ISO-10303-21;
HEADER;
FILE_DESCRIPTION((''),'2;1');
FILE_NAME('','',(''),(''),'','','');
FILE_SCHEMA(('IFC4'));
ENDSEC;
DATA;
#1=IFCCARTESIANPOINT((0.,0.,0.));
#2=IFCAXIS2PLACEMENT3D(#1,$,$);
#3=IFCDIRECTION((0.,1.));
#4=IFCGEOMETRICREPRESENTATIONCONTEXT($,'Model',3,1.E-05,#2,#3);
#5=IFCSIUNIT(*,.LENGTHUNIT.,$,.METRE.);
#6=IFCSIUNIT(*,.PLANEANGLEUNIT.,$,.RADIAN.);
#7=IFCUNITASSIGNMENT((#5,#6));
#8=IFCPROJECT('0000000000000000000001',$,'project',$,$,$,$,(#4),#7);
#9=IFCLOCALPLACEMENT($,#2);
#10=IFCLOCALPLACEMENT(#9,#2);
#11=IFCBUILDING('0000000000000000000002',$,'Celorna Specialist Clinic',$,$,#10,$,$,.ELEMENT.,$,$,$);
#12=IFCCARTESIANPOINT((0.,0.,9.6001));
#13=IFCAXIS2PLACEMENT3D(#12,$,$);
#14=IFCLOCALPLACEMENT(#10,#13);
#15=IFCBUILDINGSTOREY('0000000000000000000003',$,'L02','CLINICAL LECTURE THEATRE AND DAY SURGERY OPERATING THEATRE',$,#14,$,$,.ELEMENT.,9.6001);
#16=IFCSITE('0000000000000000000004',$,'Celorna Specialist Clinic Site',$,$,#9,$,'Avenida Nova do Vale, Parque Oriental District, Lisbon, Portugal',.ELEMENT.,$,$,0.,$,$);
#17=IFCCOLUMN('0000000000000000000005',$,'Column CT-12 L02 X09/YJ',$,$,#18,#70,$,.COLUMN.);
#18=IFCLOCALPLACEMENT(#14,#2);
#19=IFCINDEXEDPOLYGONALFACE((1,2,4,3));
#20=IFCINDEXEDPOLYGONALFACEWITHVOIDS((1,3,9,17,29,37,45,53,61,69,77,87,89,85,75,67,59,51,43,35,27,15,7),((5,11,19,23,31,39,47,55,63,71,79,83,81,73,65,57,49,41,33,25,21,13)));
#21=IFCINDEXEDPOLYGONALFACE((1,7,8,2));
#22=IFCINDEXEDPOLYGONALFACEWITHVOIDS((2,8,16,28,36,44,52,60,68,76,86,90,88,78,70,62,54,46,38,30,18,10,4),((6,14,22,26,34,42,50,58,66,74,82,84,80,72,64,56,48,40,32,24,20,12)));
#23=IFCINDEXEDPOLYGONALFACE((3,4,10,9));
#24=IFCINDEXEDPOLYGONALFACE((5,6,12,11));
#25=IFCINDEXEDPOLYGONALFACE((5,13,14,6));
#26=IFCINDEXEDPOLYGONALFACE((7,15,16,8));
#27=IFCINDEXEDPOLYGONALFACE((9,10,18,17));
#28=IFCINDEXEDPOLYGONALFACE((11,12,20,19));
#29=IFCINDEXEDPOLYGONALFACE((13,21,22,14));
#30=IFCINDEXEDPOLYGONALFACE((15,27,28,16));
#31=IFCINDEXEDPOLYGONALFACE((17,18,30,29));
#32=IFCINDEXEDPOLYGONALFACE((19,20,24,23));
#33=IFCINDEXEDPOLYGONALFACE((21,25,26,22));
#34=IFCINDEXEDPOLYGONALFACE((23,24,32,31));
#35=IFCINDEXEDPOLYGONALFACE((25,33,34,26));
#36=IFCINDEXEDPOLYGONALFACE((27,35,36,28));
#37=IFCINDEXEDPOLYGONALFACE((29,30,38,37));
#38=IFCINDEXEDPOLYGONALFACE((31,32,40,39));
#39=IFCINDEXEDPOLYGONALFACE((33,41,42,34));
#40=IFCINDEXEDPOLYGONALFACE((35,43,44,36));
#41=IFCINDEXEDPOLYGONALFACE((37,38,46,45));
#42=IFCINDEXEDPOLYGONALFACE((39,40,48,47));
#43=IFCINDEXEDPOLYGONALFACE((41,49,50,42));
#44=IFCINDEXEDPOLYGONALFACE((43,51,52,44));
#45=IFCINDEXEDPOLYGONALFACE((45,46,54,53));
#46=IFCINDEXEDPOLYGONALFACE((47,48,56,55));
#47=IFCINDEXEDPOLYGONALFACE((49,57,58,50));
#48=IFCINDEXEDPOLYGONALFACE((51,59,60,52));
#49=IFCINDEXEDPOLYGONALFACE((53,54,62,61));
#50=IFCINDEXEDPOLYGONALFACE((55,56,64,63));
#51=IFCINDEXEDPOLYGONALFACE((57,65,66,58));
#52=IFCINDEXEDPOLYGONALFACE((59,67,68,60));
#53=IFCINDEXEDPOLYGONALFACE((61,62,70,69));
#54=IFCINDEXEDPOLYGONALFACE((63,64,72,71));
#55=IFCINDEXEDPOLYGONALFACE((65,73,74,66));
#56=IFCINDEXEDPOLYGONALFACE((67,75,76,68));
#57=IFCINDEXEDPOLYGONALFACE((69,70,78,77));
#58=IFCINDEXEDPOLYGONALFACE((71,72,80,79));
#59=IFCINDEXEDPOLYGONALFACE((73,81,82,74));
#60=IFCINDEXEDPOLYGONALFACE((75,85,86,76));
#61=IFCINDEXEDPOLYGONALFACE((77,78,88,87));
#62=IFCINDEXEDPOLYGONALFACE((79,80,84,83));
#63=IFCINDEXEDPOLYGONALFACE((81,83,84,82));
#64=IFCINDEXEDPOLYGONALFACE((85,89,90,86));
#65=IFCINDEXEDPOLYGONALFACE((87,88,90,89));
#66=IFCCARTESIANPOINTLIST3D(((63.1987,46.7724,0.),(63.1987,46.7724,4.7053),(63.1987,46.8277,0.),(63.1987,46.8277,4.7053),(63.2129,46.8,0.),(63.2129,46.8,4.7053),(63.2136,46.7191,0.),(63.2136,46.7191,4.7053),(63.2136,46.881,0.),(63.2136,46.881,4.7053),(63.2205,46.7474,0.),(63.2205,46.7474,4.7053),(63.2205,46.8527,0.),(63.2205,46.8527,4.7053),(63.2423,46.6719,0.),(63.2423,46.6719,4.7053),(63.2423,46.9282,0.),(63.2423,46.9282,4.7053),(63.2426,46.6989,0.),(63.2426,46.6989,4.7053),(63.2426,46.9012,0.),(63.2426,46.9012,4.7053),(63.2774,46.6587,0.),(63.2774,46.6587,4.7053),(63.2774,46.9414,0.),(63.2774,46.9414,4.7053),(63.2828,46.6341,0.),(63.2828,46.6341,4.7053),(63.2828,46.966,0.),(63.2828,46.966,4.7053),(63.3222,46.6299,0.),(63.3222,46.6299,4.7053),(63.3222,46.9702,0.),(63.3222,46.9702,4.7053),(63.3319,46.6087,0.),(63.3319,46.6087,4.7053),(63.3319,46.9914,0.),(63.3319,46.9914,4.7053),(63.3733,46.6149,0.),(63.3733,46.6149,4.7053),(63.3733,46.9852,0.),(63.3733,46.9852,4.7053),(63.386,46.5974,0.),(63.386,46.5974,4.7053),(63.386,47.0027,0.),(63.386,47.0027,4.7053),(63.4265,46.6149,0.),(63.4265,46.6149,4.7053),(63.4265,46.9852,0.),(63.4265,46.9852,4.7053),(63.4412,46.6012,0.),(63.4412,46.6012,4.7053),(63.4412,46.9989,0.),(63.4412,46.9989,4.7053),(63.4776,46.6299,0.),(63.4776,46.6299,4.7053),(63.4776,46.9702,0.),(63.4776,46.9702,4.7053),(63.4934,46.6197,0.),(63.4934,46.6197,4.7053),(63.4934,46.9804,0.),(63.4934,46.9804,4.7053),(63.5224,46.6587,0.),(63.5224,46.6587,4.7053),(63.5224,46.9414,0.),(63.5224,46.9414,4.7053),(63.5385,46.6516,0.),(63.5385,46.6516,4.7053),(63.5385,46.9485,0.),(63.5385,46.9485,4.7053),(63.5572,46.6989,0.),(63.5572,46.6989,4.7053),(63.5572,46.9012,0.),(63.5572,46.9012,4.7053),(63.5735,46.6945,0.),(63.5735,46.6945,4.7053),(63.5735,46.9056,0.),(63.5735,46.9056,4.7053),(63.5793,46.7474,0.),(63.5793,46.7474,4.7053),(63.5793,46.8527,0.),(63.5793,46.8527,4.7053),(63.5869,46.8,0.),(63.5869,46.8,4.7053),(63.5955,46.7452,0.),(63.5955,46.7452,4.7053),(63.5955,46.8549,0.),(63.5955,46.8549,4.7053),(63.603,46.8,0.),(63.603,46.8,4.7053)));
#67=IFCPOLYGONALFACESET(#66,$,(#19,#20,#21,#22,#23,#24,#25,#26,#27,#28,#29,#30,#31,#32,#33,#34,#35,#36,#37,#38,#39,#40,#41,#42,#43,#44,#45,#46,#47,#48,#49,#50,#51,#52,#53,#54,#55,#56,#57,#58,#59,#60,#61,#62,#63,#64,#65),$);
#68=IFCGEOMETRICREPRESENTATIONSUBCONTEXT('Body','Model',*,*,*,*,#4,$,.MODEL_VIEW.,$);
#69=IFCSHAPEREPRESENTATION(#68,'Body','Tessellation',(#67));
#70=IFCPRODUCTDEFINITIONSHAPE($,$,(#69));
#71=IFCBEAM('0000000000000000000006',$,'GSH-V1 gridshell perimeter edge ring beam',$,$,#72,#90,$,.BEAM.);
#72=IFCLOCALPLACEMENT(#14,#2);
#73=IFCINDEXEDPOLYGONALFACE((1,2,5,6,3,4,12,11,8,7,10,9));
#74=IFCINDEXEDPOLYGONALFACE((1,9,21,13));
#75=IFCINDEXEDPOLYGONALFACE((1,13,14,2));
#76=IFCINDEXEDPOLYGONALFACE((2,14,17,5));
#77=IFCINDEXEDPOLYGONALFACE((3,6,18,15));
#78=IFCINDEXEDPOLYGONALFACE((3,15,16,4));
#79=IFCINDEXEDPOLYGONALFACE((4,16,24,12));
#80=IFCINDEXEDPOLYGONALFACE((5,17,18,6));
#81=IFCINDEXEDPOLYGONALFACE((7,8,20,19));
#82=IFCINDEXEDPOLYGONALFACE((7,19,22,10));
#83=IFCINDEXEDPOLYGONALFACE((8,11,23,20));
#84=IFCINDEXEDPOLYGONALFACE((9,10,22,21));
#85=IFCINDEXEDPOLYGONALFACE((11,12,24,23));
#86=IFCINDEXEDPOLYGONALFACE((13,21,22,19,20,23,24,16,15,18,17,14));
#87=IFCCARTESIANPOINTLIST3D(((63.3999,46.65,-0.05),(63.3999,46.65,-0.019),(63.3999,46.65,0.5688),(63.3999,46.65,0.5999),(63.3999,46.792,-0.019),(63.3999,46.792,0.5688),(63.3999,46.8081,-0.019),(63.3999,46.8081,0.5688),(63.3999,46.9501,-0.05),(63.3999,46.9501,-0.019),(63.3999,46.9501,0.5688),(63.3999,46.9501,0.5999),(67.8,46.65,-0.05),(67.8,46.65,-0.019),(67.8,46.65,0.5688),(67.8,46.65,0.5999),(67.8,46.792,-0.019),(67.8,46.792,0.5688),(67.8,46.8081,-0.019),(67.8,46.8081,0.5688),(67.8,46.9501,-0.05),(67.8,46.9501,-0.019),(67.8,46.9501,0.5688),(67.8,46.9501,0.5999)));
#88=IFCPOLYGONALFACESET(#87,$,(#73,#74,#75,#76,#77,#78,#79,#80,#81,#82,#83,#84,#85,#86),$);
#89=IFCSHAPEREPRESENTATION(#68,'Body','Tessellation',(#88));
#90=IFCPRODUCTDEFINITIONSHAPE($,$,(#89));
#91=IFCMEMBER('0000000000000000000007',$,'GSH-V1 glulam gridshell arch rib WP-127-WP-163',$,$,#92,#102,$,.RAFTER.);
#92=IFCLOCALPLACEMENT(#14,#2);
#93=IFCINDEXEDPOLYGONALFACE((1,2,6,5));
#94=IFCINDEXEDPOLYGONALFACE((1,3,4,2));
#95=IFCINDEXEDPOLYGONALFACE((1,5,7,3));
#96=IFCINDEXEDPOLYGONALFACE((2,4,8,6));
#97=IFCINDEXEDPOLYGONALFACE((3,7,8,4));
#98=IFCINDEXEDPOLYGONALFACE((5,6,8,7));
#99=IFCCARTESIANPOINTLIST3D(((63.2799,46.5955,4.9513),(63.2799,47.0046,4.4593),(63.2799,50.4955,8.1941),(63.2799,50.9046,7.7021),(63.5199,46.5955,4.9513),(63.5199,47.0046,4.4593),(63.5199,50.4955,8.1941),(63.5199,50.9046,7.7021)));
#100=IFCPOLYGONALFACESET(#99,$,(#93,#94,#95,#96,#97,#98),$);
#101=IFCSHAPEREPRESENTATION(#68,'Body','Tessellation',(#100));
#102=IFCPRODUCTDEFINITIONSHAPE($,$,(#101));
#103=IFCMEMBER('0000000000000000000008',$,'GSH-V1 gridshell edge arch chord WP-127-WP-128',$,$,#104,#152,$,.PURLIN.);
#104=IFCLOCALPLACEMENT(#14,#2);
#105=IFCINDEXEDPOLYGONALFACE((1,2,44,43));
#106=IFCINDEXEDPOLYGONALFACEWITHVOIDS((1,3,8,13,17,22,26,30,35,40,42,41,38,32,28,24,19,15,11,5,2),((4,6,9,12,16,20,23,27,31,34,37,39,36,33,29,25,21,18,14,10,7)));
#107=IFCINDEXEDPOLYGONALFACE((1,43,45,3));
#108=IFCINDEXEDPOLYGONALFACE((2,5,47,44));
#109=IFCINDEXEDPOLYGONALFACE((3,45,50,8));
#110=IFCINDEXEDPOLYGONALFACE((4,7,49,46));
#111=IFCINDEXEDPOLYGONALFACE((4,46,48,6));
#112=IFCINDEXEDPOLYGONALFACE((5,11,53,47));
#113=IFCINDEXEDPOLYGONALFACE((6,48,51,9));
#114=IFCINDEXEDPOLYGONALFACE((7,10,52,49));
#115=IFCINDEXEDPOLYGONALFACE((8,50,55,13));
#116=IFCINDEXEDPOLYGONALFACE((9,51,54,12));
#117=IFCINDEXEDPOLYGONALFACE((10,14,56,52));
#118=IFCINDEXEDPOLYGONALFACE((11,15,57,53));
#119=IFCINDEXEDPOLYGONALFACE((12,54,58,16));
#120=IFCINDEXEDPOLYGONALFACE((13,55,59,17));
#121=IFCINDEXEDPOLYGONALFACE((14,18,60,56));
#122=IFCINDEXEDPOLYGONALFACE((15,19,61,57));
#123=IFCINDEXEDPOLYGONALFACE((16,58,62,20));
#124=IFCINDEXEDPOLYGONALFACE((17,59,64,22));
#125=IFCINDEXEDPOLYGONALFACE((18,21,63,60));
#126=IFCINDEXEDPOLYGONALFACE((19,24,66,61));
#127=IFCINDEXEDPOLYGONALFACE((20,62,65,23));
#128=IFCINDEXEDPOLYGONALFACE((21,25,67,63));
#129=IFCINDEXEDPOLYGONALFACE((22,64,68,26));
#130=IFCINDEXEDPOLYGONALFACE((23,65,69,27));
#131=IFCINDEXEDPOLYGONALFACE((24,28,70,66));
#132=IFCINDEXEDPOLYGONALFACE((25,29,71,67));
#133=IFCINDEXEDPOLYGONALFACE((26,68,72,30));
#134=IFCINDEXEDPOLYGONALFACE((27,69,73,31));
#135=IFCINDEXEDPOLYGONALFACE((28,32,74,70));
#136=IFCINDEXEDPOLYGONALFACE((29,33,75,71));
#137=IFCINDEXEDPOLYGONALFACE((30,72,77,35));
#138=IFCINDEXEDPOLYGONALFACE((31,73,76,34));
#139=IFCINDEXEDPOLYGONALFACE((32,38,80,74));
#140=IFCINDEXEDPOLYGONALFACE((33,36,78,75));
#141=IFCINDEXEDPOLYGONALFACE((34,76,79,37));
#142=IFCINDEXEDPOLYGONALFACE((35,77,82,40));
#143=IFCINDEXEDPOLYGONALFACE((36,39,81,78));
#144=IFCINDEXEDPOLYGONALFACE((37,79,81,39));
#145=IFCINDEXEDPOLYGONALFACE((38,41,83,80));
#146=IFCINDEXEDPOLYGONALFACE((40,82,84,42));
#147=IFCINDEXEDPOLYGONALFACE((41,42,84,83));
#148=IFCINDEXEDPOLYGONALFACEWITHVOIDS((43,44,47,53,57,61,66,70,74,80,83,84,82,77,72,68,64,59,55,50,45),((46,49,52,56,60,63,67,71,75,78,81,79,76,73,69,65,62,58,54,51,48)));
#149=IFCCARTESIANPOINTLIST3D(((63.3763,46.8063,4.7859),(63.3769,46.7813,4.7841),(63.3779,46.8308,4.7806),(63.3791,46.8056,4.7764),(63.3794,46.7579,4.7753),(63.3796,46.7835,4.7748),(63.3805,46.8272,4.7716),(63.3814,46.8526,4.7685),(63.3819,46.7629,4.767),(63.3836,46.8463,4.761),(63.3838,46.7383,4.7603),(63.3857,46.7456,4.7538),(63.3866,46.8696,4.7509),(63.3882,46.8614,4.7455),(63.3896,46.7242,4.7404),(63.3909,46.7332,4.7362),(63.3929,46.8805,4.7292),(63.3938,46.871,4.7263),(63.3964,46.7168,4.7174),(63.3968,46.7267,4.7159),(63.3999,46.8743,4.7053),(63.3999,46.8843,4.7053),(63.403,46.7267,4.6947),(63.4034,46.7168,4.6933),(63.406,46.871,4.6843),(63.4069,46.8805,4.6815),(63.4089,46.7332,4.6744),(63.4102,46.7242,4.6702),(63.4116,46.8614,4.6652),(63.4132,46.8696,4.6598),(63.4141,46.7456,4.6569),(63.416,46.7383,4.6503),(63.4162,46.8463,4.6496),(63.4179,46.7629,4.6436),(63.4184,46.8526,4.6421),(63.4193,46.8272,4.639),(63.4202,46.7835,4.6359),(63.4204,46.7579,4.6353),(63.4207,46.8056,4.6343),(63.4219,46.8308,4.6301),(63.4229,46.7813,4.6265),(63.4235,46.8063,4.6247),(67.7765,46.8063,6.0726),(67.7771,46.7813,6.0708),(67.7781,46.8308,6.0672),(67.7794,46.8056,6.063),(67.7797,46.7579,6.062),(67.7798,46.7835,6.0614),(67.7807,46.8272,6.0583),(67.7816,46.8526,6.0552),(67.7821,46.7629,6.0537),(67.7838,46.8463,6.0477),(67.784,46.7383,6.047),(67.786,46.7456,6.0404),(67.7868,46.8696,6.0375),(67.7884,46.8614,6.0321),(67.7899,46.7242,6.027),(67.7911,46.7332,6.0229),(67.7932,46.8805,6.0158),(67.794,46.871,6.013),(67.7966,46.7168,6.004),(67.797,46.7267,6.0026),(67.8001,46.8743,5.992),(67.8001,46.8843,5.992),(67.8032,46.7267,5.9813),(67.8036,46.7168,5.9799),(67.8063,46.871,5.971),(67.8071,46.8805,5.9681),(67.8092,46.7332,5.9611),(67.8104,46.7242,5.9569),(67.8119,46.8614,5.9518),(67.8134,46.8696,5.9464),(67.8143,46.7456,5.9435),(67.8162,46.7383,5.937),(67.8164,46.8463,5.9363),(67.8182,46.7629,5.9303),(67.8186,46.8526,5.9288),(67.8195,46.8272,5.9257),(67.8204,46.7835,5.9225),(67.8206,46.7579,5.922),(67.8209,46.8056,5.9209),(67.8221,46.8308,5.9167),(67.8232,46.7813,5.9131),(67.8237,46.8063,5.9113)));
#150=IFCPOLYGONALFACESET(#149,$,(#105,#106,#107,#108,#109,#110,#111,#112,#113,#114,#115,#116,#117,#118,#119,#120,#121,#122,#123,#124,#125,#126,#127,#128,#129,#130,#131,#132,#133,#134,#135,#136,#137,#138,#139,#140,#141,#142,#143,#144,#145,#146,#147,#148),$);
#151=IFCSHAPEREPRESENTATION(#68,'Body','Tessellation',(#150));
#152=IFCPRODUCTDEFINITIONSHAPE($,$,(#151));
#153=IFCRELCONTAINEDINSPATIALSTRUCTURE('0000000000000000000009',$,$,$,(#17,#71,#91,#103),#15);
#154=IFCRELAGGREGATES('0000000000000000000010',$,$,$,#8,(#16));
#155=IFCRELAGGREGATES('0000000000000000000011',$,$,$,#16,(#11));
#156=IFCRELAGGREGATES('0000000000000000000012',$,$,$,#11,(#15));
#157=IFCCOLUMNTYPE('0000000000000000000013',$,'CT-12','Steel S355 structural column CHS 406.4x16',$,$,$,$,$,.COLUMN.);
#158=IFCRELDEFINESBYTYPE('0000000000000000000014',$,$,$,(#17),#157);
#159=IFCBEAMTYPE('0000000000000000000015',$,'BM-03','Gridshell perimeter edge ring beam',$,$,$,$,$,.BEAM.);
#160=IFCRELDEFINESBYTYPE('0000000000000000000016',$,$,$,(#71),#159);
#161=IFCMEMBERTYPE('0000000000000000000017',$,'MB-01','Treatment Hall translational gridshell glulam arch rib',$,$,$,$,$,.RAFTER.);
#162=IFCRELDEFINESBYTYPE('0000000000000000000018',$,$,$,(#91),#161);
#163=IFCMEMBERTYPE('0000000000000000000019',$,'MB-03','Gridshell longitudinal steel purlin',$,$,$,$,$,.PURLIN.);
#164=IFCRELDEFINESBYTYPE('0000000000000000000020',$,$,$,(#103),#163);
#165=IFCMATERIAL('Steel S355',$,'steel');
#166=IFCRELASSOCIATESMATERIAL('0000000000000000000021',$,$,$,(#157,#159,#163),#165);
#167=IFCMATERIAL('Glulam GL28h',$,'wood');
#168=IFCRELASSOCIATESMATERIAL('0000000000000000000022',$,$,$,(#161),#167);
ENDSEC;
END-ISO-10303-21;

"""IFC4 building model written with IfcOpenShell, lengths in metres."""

from ifc_helpers import new_model, si_unit, direction, frame, origin, origin_2d, place, context, subcontext, project, spatial, rectangle, hollow_circle, i_section, extrude, material, material_profile, profile_set, type_object, element, save


model = new_model("IFC4")

# Units and contexts
model_context = context("Model", 3, precision=1e-05, world=origin(), true_north=direction((0.0, 1.0)))
body_context = subcontext(model_context, "Body", "Model", "MODEL_VIEW")
ifc_project = project(units=[si_unit("LENGTHUNIT", "METRE"), si_unit("PLANEANGLEUNIT", "RADIAN")], contexts=[model_context])

# Site, building, storey
site_placement = place(None, origin())
site = spatial("IfcSite", under=ifc_project, at=site_placement, Name="Celorna Specialist Clinic Site", LongName="Avenida Nova do Vale, Parque Oriental District, Lisbon, Portugal", CompositionType="ELEMENT", RefElevation=0.0)
building_placement = place(site_placement, origin())
building = spatial("IfcBuilding", under=site, at=building_placement, Name="Celorna Specialist Clinic", CompositionType="ELEMENT")
storey_placement = place(building_placement, frame((0.0, 0.0, 9.6001)))
storey = spatial("IfcBuildingStorey", under=building, at=storey_placement, Name="L02", Description="CLINICAL LECTURE THEATRE AND DAY SURGERY OPERATING THEATRE", CompositionType="ELEMENT", Elevation=9.6001)

# Column
ifc_material_1 = material(Name="Steel S355", Category="steel")
ifc_material_profile_1 = material_profile(ifc_material_1, hollow_circle(Radius=0.2031, WallThickness=0.0161, at=origin_2d()), Name="CHS 406.4x16")
ifc_profile_set_1 = profile_set([ifc_material_profile_1], Name="Steel S355")
column_type = type_object("IfcColumnType", Name="CT-12", Description="Steel S355 structural column CHS 406.4x16", PredefinedType="COLUMN", material=ifc_profile_set_1)
column_placement = place(storey_placement, frame((63.3999, 46.8, 0.0), z_axis=(0.0, 0.0, 1.0), x_axis=(1.0, 0.0, 0.0)))
element("IfcColumn", 1, at=column_placement, inside=storey, type_object=column_type, Name="Column CT-12 L02 X09/YJ", PredefinedType="COLUMN", context=body_context, shape_type="SweptSolid", body=[
    extrude(hollow_circle(Radius=0.2031, WallThickness=0.0161, at=origin_2d()), origin(), (0.0, 0.0, 1.0), 4.7053),
])

# Beam
ifc_material_profile_2 = material_profile(ifc_material_1, i_section(OverallWidth=0.3, OverallDepth=0.6499, WebThickness=0.0161, FlangeThickness=0.031, at=origin_2d()), Name="HE 650 B")
ifc_profile_set_2 = profile_set([ifc_material_profile_2], Name="Steel S355")
beam_type = type_object("IfcBeamType", Name="BM-03", Description="Gridshell perimeter edge ring beam", PredefinedType="BEAM", material=ifc_profile_set_2)
beam_placement = place(storey_placement, frame((63.3999, 46.8, 0.2749), z_axis=(1.0, 0.0, 0.0), x_axis=(0.0, 1.0, 0.0)))
element("IfcBeam", 2, at=beam_placement, inside=storey, type_object=beam_type, Name="GSH-V1 gridshell perimeter edge ring beam", PredefinedType="BEAM", context=body_context, shape_type="SweptSolid", body=[
    extrude(i_section(OverallWidth=0.3, OverallDepth=0.6499, WebThickness=0.0161, FlangeThickness=0.031, at=origin_2d()), origin(), (0.0, 0.0, 1.0), 4.4001),
])

# Members
ifc_material_2 = material(Name="Glulam GL28h", Category="wood")
ifc_material_profile_3 = material_profile(ifc_material_2, rectangle(XDim=0.24, YDim=0.6399, at=origin_2d()), Name="GL28h 240x640")
ifc_profile_set_3 = profile_set([ifc_material_profile_3], Name="Glulam GL28h")
member_type_1 = type_object("IfcMemberType", Name="MB-01", Description="Treatment Hall translational gridshell glulam arch rib", PredefinedType="RAFTER", material=ifc_profile_set_3)
member_1_placement = place(storey_placement, frame((63.3999, 46.8, 4.7053), z_axis=(0.0, 0.768923, 0.639341), x_axis=(-1.0, 0.0, 0.0)))
element("IfcMember", 3, at=member_1_placement, inside=storey, type_object=member_type_1, Name="GSH-V1 glulam gridshell arch rib WP-127-WP-163", PredefinedType="RAFTER", context=body_context, shape_type="SweptSolid", body=[
    extrude(rectangle(XDim=0.24, YDim=0.6399, at=origin_2d()), origin(), (0.0, 0.0, 1.0), 5.072),
])
ifc_material_profile_4 = material_profile(ifc_material_1, hollow_circle(Radius=0.0842, WallThickness=0.01, at=origin_2d()), Name="CHS 168.3x10")
ifc_profile_set_4 = profile_set([ifc_material_profile_4], Name="Steel S355")
member_type_2 = type_object("IfcMemberType", Name="MB-03", Description="Gridshell longitudinal steel purlin", PredefinedType="PURLIN", material=ifc_profile_set_4)
member_2_placement = place(storey_placement, frame((63.3999, 46.8, 4.7053), z_axis=(0.95981, 0.0, 0.280652), x_axis=(0.0, 1.0, 0.0)))
element("IfcMember", 4, at=member_2_placement, inside=storey, type_object=member_type_2, Name="GSH-V1 gridshell edge arch chord WP-127-WP-128", PredefinedType="PURLIN", context=body_context, shape_type="SweptSolid", body=[
    extrude(hollow_circle(Radius=0.0842, WallThickness=0.01, at=origin_2d()), origin(), (0.0, 0.0, 1.0), 4.5845),
])

save(model, "model.ifc")
